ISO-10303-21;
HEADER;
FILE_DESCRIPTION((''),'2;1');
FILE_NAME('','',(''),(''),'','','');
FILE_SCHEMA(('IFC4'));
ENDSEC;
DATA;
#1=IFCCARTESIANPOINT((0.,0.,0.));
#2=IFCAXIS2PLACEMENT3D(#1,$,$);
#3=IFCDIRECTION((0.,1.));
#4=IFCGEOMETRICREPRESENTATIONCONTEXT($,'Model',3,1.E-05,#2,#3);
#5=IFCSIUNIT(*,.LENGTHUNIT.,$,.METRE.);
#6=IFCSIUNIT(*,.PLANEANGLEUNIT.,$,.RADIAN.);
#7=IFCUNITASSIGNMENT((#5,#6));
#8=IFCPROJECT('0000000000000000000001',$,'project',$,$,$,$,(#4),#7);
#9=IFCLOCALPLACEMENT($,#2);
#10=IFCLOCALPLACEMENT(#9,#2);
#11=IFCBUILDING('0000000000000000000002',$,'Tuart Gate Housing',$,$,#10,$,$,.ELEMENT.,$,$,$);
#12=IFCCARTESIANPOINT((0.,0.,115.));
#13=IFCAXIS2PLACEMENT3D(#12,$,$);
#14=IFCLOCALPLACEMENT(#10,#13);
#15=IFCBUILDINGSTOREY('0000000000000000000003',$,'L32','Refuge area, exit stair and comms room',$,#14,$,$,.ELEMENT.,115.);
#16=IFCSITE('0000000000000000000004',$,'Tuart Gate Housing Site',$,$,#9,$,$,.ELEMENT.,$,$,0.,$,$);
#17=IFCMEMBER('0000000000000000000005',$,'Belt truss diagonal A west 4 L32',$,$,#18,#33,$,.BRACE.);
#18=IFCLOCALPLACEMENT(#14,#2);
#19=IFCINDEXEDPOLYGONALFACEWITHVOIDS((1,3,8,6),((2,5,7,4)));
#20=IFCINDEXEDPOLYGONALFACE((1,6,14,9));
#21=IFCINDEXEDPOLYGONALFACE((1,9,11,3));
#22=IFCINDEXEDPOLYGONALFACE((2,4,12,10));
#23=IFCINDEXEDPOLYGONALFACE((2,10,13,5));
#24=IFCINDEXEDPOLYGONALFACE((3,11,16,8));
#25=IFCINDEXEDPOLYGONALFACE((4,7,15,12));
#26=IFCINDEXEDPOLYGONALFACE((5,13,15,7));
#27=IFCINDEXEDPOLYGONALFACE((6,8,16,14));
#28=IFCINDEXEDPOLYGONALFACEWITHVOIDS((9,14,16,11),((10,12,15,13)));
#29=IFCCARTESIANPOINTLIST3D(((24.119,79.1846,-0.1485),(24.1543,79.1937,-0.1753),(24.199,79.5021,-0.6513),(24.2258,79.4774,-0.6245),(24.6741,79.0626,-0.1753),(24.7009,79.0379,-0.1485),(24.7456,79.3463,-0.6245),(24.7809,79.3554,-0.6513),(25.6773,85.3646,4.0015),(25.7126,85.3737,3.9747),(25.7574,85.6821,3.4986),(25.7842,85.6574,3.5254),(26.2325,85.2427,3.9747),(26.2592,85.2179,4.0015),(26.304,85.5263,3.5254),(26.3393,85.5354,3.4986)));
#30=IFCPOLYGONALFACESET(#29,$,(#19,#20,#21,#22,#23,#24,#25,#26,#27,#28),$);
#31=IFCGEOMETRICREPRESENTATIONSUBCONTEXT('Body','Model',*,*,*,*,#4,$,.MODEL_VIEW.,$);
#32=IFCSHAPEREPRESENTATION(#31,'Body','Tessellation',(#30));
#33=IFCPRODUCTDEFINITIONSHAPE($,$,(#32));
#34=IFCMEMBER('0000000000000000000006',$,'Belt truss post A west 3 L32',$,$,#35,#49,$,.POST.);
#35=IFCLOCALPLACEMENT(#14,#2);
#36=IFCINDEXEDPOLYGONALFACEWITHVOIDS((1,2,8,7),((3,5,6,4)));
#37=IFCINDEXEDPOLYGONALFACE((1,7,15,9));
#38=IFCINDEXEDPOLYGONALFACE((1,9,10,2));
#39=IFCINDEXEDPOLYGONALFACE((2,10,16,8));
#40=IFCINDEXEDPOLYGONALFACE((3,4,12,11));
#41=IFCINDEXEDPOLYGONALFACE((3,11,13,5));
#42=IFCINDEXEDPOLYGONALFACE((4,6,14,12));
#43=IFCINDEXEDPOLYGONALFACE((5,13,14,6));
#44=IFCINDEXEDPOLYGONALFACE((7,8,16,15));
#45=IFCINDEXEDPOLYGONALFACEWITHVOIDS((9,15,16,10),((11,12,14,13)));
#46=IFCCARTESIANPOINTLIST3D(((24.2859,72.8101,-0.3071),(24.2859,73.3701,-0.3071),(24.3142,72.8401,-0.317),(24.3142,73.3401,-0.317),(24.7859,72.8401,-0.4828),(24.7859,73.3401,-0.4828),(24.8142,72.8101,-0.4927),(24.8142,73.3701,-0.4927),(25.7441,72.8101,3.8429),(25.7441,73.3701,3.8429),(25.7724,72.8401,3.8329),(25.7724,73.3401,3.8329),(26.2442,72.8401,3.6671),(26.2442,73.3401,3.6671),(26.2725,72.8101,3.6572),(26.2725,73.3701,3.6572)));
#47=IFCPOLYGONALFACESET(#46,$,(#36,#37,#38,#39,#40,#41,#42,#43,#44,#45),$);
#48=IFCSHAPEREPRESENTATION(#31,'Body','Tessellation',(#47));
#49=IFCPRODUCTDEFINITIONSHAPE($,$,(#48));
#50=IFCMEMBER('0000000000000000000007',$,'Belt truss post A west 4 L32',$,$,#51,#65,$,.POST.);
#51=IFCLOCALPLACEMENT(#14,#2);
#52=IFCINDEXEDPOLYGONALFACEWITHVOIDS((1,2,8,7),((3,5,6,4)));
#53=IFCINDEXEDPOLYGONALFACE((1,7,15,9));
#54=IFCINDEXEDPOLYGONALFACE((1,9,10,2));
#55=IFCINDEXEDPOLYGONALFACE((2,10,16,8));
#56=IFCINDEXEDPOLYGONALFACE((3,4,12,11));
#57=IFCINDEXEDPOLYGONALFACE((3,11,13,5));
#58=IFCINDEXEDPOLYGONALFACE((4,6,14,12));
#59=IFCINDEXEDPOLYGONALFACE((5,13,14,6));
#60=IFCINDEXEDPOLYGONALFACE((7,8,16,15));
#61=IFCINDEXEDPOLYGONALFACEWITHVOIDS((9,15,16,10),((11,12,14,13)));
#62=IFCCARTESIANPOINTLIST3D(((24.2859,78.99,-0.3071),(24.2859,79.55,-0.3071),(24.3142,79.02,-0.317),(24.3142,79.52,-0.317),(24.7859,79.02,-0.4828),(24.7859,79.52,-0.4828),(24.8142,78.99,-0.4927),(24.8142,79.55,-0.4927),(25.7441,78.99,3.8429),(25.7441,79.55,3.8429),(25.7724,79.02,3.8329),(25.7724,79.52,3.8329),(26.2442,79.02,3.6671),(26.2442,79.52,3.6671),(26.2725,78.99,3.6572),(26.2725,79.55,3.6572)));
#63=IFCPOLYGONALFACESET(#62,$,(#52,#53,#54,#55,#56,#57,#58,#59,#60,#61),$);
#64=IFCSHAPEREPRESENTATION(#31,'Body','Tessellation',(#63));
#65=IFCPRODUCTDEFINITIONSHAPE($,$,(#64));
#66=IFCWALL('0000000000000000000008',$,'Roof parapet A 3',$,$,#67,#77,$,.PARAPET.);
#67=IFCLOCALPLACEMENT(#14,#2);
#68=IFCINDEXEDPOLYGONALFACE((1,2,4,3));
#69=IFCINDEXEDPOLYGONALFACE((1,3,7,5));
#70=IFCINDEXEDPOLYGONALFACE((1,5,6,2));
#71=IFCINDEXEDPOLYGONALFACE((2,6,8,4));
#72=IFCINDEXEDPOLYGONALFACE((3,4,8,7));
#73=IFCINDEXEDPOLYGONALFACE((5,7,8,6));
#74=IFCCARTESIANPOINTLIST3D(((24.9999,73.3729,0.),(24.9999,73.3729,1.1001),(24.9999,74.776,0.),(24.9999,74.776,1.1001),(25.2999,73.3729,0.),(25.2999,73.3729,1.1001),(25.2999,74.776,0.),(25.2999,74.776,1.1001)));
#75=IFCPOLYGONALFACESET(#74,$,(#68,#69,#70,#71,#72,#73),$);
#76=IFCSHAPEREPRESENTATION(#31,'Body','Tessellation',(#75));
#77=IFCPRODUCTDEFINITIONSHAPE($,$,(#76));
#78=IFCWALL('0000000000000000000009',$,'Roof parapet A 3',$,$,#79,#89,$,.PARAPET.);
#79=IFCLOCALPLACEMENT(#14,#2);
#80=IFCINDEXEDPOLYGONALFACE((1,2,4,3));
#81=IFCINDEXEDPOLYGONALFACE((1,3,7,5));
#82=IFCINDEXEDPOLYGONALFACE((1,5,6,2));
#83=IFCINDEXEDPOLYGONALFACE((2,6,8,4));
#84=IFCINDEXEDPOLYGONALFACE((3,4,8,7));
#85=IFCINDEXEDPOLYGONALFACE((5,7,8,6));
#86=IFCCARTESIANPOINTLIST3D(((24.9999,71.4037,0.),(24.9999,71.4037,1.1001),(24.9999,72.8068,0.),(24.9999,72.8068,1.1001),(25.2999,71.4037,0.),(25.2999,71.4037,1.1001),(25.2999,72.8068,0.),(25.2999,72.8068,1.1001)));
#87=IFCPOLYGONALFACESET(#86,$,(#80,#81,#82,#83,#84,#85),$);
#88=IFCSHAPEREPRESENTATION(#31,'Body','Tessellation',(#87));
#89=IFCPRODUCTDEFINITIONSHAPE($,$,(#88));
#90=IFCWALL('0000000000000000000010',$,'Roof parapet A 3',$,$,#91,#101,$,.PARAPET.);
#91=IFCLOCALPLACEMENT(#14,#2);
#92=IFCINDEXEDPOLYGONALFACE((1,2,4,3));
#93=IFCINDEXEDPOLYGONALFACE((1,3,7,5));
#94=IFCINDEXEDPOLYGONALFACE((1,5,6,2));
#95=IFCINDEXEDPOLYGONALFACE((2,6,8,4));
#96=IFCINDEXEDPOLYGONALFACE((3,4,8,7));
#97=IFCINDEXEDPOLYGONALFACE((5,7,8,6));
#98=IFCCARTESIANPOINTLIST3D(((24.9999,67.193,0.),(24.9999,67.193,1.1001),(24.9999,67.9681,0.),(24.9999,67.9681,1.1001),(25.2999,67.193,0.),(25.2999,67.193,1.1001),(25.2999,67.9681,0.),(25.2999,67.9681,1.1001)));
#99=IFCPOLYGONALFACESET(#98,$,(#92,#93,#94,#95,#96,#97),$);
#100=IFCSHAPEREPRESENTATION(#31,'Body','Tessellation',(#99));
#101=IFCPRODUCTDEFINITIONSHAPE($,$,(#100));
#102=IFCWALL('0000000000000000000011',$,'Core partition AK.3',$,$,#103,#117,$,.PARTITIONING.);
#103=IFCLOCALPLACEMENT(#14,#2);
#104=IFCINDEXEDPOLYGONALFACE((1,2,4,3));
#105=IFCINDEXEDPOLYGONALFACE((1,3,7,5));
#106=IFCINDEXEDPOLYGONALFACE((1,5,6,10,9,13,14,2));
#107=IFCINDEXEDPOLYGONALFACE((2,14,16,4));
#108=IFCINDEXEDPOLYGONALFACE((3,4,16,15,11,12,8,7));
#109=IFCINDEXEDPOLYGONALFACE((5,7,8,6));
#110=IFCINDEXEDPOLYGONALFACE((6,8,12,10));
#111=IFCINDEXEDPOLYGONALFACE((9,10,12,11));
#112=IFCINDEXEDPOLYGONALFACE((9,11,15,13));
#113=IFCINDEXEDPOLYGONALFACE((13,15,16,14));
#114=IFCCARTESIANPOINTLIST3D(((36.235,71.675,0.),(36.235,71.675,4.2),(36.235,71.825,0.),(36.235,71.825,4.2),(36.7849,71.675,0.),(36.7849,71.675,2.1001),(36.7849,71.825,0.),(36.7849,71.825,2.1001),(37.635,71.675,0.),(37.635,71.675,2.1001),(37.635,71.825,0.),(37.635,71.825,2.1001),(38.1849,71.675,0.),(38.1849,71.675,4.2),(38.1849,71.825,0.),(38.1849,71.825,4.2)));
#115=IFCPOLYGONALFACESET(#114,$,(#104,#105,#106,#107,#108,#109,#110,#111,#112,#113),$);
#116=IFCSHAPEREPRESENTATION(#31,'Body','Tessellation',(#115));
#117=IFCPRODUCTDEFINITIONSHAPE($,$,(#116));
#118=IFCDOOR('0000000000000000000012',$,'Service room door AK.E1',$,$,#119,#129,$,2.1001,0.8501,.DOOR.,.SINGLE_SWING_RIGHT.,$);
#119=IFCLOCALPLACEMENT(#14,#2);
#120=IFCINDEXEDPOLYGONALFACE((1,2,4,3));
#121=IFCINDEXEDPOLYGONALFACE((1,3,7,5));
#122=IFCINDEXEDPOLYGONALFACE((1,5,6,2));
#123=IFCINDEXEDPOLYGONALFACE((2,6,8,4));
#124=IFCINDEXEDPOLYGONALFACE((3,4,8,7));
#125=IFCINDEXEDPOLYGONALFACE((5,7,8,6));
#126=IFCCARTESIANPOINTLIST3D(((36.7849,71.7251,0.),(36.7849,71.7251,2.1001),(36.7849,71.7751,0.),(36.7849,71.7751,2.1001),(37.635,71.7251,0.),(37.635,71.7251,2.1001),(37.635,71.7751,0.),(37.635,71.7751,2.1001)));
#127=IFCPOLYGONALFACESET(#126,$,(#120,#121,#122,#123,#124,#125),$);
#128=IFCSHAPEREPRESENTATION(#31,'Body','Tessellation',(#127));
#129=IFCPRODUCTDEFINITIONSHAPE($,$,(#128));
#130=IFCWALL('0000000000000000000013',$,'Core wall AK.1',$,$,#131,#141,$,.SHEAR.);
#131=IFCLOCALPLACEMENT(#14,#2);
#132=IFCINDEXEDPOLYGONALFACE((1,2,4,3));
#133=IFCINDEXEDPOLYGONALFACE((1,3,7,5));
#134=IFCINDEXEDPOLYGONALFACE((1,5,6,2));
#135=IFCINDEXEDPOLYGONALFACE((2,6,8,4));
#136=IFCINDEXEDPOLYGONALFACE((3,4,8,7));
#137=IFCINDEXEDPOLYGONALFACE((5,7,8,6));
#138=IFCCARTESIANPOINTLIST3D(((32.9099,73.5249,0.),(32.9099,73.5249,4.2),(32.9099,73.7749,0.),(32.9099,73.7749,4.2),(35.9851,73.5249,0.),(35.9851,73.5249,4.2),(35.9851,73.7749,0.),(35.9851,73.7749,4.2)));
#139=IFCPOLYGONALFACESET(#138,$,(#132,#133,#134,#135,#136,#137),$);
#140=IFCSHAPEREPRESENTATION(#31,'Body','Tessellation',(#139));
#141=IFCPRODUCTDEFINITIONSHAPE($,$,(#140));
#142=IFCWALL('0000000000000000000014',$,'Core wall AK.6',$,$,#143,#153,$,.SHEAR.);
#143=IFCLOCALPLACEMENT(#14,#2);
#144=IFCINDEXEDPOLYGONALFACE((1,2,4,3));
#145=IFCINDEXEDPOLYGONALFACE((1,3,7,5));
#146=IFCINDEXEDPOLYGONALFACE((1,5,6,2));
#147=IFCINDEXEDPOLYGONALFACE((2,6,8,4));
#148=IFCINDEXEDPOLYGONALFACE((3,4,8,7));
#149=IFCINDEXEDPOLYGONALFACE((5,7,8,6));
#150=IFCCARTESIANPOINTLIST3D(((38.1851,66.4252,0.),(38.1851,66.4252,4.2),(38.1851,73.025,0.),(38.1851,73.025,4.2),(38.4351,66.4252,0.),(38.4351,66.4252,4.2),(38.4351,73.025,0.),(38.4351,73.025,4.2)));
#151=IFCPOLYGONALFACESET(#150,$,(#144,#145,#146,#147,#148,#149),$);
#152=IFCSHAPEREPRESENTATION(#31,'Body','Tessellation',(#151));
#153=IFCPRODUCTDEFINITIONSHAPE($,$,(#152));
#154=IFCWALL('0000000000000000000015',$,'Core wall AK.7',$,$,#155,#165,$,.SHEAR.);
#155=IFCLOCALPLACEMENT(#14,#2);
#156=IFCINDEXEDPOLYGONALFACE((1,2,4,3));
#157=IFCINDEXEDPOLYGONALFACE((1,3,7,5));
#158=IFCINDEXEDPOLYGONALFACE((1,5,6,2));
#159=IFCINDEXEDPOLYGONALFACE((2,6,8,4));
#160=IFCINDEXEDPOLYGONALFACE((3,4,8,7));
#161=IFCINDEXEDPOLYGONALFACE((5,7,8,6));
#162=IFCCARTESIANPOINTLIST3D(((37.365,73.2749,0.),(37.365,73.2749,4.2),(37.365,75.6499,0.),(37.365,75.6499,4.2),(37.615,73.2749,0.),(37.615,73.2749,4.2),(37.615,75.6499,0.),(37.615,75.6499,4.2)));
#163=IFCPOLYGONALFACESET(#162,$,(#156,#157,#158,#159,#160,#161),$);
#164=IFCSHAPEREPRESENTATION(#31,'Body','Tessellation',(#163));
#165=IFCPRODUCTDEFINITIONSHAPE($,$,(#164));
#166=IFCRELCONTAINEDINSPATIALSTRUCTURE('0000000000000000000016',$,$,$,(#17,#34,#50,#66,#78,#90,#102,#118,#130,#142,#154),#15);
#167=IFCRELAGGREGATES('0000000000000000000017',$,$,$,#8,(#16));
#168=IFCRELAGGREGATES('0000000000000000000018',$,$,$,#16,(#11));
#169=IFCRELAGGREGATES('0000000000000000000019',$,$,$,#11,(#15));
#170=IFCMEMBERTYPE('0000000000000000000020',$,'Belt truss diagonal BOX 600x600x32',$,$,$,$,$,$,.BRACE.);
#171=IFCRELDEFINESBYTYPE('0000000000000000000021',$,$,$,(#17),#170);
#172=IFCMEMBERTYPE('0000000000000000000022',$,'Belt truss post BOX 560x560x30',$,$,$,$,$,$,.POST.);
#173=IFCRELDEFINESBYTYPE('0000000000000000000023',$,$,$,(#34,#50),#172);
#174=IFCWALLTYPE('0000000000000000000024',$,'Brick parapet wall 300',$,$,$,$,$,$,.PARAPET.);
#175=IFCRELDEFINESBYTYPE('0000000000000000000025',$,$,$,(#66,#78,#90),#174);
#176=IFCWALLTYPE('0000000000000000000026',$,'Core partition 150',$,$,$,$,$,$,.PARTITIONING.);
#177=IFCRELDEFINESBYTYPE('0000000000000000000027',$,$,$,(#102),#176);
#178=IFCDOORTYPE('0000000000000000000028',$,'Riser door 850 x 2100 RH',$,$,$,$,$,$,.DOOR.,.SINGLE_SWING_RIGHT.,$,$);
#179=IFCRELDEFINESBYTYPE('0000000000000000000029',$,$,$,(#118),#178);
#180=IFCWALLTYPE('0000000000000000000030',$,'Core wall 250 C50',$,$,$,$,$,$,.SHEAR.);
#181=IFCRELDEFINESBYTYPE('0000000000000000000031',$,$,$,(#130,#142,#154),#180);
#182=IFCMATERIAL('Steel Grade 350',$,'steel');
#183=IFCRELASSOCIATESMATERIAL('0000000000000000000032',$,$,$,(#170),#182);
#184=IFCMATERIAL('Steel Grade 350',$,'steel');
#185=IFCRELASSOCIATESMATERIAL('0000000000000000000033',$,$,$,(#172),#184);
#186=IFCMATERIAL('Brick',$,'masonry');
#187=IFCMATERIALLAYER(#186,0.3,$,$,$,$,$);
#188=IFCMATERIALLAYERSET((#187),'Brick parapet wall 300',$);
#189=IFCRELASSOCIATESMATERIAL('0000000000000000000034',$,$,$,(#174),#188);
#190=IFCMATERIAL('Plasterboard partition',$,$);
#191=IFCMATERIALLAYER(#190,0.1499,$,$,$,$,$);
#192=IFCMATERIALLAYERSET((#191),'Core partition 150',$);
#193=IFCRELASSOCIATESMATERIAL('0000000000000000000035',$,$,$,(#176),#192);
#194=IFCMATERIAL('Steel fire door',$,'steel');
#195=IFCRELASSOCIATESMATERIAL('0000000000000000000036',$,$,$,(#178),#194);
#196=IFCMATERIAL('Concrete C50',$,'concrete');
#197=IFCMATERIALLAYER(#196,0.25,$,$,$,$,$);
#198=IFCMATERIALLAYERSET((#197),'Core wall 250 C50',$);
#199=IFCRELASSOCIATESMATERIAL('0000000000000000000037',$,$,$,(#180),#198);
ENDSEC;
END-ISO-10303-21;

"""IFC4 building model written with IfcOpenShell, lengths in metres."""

from ifc_helpers import new_model, si_unit, direction, frame, frame_2d, origin, origin_2d, place, context, subcontext, project, spatial, rectangle, hollow_rectangle, extrude, material, layer, layer_set, material_profile, profile_set, type_object, element, fill, save


model = new_model("IFC4")

# Units and contexts
model_context = context("Model", 3, precision=1e-05, world=origin(), true_north=direction((0.0, 1.0)))
body_context = subcontext(model_context, "Body", "Model", "MODEL_VIEW")
ifc_project = project(units=[si_unit("LENGTHUNIT", "METRE"), si_unit("PLANEANGLEUNIT", "RADIAN")], contexts=[model_context])

# Site, building, storey
site_placement = place(None, origin())
site = spatial("IfcSite", under=ifc_project, at=site_placement, Name="Tuart Gate Housing Site", CompositionType="ELEMENT", RefElevation=0.0)
building_placement = place(site_placement, origin())
building = spatial("IfcBuilding", under=site, at=building_placement, Name="Tuart Gate Housing", CompositionType="ELEMENT")
storey_placement = place(building_placement, frame((0.0, 0.0, 115.0)))
storey = spatial("IfcBuildingStorey", under=building, at=storey_placement, Name="L32", Description="Refuge area, exit stair and comms room", CompositionType="ELEMENT", Elevation=115.0)

# Members
ifc_material_1 = material(Name="Steel Grade 350", Category="steel")
ifc_material_profile_1 = material_profile(ifc_material_1, hollow_rectangle(XDim=0.6001, YDim=0.6001, WallThickness=0.032, at=origin_2d()), Name="BOX 600x600x32")
ifc_profile_set_1 = profile_set([ifc_material_profile_1], Name="Steel Grade 350")
member_type_1 = type_object("IfcMemberType", Name="Belt truss diagonal BOX 600x600x32", PredefinedType="BRACE", material=ifc_profile_set_1)
member_placement = place(storey_placement, frame((24.45, 79.27, -0.3999), z_axis=(0.204901, 0.812574, 0.545654), x_axis=(-0.969647, 0.244509, 0.0)))
element("IfcMember", 1, at=member_placement, inside=storey, type_object=member_type_1, Name="Belt truss diagonal A west 4 L32", PredefinedType="BRACE", context=body_context, shape_type="SweptSolid", body=[
    extrude(hollow_rectangle(XDim=0.6001, YDim=0.6001, WallThickness=0.032, at=origin_2d()), origin(), (0.0, 0.0, 1.0), 7.6055),
])
ifc_material_2 = material(Name="Steel Grade 350", Category="steel")
ifc_material_profile_2 = material_profile(ifc_material_2, hollow_rectangle(XDim=0.5601, YDim=0.5601, WallThickness=0.03, at=origin_2d()), Name="BOX 560x560x30")
ifc_profile_set_2 = profile_set([ifc_material_profile_2], Name="Steel Grade 350")
member_type_2 = type_object("IfcMemberType", Name="Belt truss post BOX 560x560x30", PredefinedType="POST", material=ifc_profile_set_2)
for number, where, z_axis, x_axis, name in (
    (2, (24.55, 73.0901, -0.3999), (0.331522, 0.0, 0.943447), (0.0, 1.0, 0.0), "Belt truss post A west 3 L32"),
    (3, (24.55, 79.27, -0.3999), (0.331522, 0.0, 0.943447), (0.0, 1.0, 0.0), "Belt truss post A west 4 L32"),
):
    element("IfcMember", number, at=place(storey_placement, frame(where, z_axis=z_axis, x_axis=x_axis)), inside=storey, type_object=member_type_2, Name=name, PredefinedType="POST", context=body_context, shape_type="SweptSolid", body=[
        extrude(hollow_rectangle(XDim=0.5601, YDim=0.5601, WallThickness=0.03, at=origin_2d()), origin(), (0.0, 0.0, 1.0), 4.3987),
    ])

# Walls
ifc_material_3 = material(Name="Brick", Category="masonry")
ifc_layer_1 = layer(ifc_material_3, 0.3)
ifc_layer_set_1 = layer_set([ifc_layer_1], Name="Brick parapet wall 300")
wall_type_1 = type_object("IfcWallType", Name="Brick parapet wall 300", PredefinedType="PARAPET", material=ifc_layer_set_1)
for number, where, z_axis, x_axis, name in (
    (4, (25.1499, 74.7761, 0.0), (0.0, 0.0, 1.0), (0.0, -1.0, 0.0), "Roof parapet A 3"),
    (5, (25.1499, 72.8069, 0.0), (0.0, 0.0, 1.0), (0.0, -1.0, 0.0), "Roof parapet A 3"),
):
    element("IfcWall", number, at=place(storey_placement, frame(where, z_axis=z_axis, x_axis=x_axis)), inside=storey, type_object=wall_type_1, Name=name, PredefinedType="PARAPET", context=body_context, shape_type="SweptSolid", body=[
        extrude(rectangle(XDim=1.4031, YDim=0.3, at=frame_2d((0.7017, 0.0))), origin(), (0.0, 0.0, 1.0), 1.1001),
    ])
wall_1_placement = place(storey_placement, frame((25.1499, 67.9683, 0.0), z_axis=(0.0, 0.0, 1.0), x_axis=(0.0, -1.0, 0.0)))
element("IfcWall", 6, at=wall_1_placement, inside=storey, type_object=wall_type_1, Name="Roof parapet A 3", PredefinedType="PARAPET", context=body_context, shape_type="SweptSolid", body=[
    extrude(rectangle(XDim=0.7751, YDim=0.3, at=frame_2d((0.3877, 0.0))), origin(), (0.0, 0.0, 1.0), 1.1001),
])

# Wall, opening, door
ifc_material_4 = material(Name="Plasterboard partition")
ifc_layer_2 = layer(ifc_material_4, 0.1499)
ifc_layer_set_2 = layer_set([ifc_layer_2], Name="Core partition 150")
wall_type_2 = type_object("IfcWallType", Name="Core partition 150", PredefinedType="PARTITIONING", material=ifc_layer_set_2)
wall_2_placement = place(storey_placement, frame((38.1851, 71.75, 0.0), z_axis=(0.0, 0.0, 1.0), x_axis=(-1.0, 0.0, 0.0)))
wall_2 = element("IfcWall", 7, at=wall_2_placement, inside=storey, type_object=wall_type_2, Name="Core partition AK.3", PredefinedType="PARTITIONING", context=body_context, shape_type="SweptSolid", body=[
    extrude(rectangle(XDim=1.95, YDim=0.1499, at=frame_2d((0.9751, 0.0))), origin(), (0.0, 0.0, 1.0), 4.2),
])
opening_1_placement = place(wall_2_placement, frame((0.55, 0.0, 0.0)))
opening_1 = element("IfcOpeningElement", 8, at=opening_1_placement, cuts=wall_2, PredefinedType="OPENING", context=body_context, shape_type="SweptSolid", body=[
    extrude(rectangle(XDim=0.8501, YDim=2.1001, at=frame_2d((0.425, 1.05))), frame((0.0, 0.085, 0.0), z_axis=(0.0, -1.0, 0.0), x_axis=(1.0, 0.0, 0.0)), (0.0, 0.0, 1.0), 0.1699),
])
ifc_material_5 = material(Name="Steel fire door", Category="steel")
door_type_1 = type_object("IfcDoorType", Name="Riser door 850 x 2100 RH", OperationType="SINGLE_SWING_RIGHT", PredefinedType="DOOR", material=ifc_material_5)
door_1_placement = place(opening_1_placement, frame((0.8501, 0.0, 0.0), z_axis=(0.0, 0.0, 1.0), x_axis=(-1.0, 0.0, 0.0)))
door_1 = element("IfcDoor", 9, at=door_1_placement, inside=storey, type_object=door_type_1, Name="Service room door AK.E1", OperationType="SINGLE_SWING_RIGHT", OverallHeight=2.1001, OverallWidth=0.8501, PredefinedType="DOOR", context=body_context, shape_type="SweptSolid", body=[
    extrude(rectangle(XDim=0.8501, YDim=2.1001, at=frame_2d((0.425, 1.05))), frame((0.0, 0.0251, 0.0), z_axis=(0.0, -1.0, 0.0), x_axis=(1.0, 0.0, 0.0)), (0.0, 0.0, 1.0), 0.05),
])
fill(opening_1, door_1)

# Walls
ifc_material_6 = material(Name="Concrete C50", Category="concrete")
ifc_layer_3 = layer(ifc_material_6, 0.25)
ifc_layer_set_3 = layer_set([ifc_layer_3], Name="Core wall 250 C50")
wall_type_3 = type_object("IfcWallType", Name="Core wall 250 C50", PredefinedType="SHEAR", material=ifc_layer_set_3)
wall_3_placement = place(storey_placement, frame((35.9851, 73.6499, 0.0), z_axis=(0.0, 0.0, 1.0), x_axis=(-1.0, 0.0, 0.0)))
element("IfcWall", 10, at=wall_3_placement, inside=storey, type_object=wall_type_3, Name="Core wall AK.1", PredefinedType="SHEAR", context=body_context, shape_type="SweptSolid", body=[
    extrude(rectangle(XDim=3.0752, YDim=0.25, at=frame_2d((1.5376, 0.0))), origin(), (0.0, 0.0, 1.0), 4.2),
])
wall_4_placement = place(storey_placement, frame((38.3101, 73.0249, 0.0), z_axis=(0.0, 0.0, 1.0), x_axis=(0.0, -1.0, 0.0)))
element("IfcWall", 11, at=wall_4_placement, inside=storey, type_object=wall_type_3, Name="Core wall AK.6", PredefinedType="SHEAR", context=body_context, shape_type="SweptSolid", body=[
    extrude(rectangle(XDim=6.5999, YDim=0.25, at=frame_2d((3.2998, 0.0))), origin(), (0.0, 0.0, 1.0), 4.2),
])
wall_5_placement = place(storey_placement, frame((37.49, 75.6499, 0.0), z_axis=(0.0, 0.0, 1.0), x_axis=(0.0, -1.0, 0.0)))
element("IfcWall", 12, at=wall_5_placement, inside=storey, type_object=wall_type_3, Name="Core wall AK.7", PredefinedType="SHEAR", context=body_context, shape_type="SweptSolid", body=[
    extrude(rectangle(XDim=2.375, YDim=0.25, at=frame_2d((1.1875, 0.0))), origin(), (0.0, 0.0, 1.0), 4.2),
])

save(model, "model.ifc")
